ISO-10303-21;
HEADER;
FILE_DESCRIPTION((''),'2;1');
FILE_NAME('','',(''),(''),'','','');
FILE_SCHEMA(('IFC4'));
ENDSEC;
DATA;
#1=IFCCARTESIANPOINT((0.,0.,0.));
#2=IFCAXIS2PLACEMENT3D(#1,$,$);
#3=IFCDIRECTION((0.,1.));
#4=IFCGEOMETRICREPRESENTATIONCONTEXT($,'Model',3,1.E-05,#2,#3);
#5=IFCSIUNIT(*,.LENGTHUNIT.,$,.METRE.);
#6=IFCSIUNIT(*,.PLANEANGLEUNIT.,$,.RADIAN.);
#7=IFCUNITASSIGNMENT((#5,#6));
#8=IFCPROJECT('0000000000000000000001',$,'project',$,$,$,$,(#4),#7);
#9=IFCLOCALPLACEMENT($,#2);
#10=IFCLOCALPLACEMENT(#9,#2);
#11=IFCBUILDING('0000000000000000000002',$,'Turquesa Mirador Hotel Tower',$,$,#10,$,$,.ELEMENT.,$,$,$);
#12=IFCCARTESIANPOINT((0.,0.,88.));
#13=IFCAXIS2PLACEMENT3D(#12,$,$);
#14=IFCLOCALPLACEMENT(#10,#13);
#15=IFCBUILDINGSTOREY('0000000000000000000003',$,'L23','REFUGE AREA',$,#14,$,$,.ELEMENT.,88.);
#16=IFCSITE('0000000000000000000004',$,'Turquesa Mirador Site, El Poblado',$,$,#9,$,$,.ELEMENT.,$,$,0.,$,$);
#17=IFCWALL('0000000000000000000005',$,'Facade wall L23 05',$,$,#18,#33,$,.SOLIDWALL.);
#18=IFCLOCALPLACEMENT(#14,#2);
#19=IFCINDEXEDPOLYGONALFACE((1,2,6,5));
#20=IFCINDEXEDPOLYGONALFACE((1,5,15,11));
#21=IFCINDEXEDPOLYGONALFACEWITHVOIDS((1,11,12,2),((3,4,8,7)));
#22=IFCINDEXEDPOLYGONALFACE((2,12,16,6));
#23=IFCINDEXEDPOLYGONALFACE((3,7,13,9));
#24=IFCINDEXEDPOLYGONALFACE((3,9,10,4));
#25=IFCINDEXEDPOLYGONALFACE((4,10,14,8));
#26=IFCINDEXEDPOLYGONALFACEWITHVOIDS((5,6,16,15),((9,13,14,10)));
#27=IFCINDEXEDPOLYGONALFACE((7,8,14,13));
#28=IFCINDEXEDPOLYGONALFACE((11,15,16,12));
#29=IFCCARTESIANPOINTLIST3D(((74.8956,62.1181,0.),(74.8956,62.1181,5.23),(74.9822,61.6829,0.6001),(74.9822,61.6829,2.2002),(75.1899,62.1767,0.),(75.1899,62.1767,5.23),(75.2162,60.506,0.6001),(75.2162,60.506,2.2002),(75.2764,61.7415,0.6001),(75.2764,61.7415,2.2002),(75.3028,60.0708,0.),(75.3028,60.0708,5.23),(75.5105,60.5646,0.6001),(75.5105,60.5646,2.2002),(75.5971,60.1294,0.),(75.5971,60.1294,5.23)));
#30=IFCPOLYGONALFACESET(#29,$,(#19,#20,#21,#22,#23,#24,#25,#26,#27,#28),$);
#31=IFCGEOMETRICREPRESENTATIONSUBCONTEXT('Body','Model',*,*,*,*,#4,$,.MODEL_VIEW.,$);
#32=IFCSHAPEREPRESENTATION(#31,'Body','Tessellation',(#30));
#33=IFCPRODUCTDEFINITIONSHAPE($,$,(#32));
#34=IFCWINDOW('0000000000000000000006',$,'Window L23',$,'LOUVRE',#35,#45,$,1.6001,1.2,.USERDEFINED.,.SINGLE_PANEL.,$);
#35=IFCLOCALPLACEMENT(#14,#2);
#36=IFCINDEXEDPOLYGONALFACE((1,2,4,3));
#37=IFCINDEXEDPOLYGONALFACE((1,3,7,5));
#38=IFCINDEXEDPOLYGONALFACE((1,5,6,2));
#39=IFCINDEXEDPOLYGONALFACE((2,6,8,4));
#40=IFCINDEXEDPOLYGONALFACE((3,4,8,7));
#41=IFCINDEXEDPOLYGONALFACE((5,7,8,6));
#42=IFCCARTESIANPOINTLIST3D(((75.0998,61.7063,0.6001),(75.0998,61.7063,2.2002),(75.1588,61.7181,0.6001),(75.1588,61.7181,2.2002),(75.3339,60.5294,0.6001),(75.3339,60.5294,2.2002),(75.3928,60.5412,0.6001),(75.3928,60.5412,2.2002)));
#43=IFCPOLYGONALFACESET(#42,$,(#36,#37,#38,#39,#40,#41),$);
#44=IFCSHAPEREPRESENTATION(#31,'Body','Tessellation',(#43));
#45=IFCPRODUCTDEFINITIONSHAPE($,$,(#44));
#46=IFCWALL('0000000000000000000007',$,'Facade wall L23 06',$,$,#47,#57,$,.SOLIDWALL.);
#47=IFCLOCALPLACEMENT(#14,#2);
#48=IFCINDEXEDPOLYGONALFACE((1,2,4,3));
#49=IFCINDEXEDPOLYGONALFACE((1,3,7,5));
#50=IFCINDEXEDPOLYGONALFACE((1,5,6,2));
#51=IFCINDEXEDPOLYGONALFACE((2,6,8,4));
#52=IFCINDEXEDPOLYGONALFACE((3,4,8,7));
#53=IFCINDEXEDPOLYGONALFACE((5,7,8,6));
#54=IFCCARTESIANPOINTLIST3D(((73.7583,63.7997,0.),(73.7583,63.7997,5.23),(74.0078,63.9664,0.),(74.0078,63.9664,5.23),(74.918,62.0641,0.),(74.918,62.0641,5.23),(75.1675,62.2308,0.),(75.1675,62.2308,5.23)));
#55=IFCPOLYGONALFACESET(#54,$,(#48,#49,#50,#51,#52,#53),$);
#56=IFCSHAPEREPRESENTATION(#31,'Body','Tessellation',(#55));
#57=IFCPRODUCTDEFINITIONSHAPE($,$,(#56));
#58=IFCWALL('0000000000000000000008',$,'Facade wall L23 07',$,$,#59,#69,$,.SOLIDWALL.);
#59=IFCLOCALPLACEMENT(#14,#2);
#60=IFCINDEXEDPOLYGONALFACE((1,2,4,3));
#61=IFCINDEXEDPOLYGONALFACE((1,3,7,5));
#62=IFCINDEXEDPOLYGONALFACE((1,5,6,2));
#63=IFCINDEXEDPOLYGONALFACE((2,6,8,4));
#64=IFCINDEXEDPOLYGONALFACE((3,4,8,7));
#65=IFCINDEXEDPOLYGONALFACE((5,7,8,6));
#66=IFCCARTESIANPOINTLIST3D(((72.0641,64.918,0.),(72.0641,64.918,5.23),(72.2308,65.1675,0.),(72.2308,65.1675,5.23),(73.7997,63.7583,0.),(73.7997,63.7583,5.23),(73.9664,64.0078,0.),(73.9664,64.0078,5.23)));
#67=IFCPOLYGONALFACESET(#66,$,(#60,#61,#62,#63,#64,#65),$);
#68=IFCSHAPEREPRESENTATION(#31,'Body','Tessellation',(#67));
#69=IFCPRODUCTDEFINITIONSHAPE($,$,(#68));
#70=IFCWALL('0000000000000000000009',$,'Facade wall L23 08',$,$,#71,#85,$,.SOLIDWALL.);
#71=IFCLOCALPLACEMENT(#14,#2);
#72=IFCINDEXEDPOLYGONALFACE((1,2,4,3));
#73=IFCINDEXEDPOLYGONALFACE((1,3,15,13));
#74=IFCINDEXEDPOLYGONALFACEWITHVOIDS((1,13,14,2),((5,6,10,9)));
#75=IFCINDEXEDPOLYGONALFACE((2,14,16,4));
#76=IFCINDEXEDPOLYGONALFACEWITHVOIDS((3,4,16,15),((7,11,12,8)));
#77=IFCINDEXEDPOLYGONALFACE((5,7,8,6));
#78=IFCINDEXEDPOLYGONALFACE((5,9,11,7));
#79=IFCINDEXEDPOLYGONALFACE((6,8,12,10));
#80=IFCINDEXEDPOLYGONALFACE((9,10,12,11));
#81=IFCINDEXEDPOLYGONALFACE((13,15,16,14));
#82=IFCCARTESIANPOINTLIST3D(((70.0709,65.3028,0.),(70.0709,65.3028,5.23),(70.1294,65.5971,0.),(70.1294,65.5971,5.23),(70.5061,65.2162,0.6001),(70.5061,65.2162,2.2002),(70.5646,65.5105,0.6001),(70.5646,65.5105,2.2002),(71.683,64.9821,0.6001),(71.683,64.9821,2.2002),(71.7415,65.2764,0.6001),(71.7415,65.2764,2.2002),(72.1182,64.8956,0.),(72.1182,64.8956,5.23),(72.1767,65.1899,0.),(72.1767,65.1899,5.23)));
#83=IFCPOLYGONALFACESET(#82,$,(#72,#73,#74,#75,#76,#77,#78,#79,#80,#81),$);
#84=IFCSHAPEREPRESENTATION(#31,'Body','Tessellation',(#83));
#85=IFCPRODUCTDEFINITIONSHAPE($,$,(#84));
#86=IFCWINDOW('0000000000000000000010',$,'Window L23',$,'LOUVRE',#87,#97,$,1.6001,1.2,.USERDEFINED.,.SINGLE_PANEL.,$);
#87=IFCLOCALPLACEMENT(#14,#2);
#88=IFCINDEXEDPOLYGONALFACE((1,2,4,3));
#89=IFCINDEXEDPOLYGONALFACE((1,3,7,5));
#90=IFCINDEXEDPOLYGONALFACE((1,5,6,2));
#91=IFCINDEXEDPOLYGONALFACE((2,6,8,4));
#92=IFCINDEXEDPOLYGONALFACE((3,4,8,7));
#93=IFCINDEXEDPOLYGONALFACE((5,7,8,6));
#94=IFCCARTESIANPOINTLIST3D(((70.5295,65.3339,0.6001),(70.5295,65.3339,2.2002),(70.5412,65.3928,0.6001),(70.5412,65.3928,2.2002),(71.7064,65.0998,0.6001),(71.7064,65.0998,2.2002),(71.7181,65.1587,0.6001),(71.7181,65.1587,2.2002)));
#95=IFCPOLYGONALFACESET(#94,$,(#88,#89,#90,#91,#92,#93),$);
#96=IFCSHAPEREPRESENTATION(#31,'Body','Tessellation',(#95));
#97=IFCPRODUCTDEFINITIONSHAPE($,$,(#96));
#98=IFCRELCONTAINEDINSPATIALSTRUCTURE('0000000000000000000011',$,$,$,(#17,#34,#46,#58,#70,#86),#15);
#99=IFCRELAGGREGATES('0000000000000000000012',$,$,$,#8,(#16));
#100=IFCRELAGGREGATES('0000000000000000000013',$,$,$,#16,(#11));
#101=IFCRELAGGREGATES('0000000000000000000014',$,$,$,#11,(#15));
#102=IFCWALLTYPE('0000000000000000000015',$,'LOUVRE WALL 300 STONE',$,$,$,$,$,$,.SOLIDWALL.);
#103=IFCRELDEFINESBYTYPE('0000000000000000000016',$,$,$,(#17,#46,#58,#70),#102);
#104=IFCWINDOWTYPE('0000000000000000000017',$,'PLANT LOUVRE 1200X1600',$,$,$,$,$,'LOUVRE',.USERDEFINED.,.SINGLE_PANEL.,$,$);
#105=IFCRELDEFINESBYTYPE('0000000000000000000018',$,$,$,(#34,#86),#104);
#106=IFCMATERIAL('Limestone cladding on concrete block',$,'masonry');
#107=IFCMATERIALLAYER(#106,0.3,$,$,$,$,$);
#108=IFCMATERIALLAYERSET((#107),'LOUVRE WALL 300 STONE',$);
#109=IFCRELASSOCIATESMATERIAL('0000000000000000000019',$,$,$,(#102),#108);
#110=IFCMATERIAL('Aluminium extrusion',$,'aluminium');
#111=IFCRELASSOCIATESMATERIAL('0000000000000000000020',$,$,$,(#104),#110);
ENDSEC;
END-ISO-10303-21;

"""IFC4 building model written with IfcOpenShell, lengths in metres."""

from ifc_helpers import new_model, si_unit, direction, frame, frame_2d, origin, place, context, subcontext, project, spatial, rectangle, extrude, material, layer, layer_set, type_object, element, fill, save


model = new_model("IFC4")

# Units and contexts
model_context = context("Model", 3, precision=1e-05, world=origin(), true_north=direction((0.0, 1.0)))
body_context = subcontext(model_context, "Body", "Model", "MODEL_VIEW")
ifc_project = project(units=[si_unit("LENGTHUNIT", "METRE"), si_unit("PLANEANGLEUNIT", "RADIAN")], contexts=[model_context])

# Site, building, storey
site_placement = place(None, origin())
site = spatial("IfcSite", under=ifc_project, at=site_placement, Name="Turquesa Mirador Site, El Poblado", CompositionType="ELEMENT", RefElevation=0.0)
building_placement = place(site_placement, origin())
building = spatial("IfcBuilding", under=site, at=building_placement, Name="Turquesa Mirador Hotel Tower", CompositionType="ELEMENT")
storey_placement = place(building_placement, frame((0.0, 0.0, 88.0)))
storey = spatial("IfcBuildingStorey", under=building, at=storey_placement, Name="L23", Description="REFUGE AREA", CompositionType="ELEMENT", Elevation=88.0)

# Wall, opening, window
ifc_material_1 = material(Name="Limestone cladding on concrete block", Category="masonry")
ifc_layer_1 = layer(ifc_material_1, 0.3)
ifc_layer_set_1 = layer_set([ifc_layer_1], Name="LOUVRE WALL 300 STONE")
wall_type_1 = type_object("IfcWallType", Name="LOUVRE WALL 300 STONE", PredefinedType="SOLIDWALL", material=ifc_layer_set_1)
wall_1_placement = place(storey_placement, frame((75.45, 60.1001, 0.0), z_axis=(0.0, 0.0, 1.0), x_axis=(-0.195081, 0.980787, 0.0)))
wall_1 = element("IfcWall", 1, at=wall_1_placement, inside=storey, type_object=wall_type_1, Name="Facade wall L23 05", PredefinedType="SOLIDWALL", context=body_context, shape_type="SweptSolid", body=[
    extrude(rectangle(XDim=2.0874, YDim=0.3, at=frame_2d((1.0437, 0.0))), origin(), (0.0, 0.0, 1.0), 5.23),
])
opening_1_placement = place(wall_1_placement, frame((0.4436, 0.0, 0.6001)))
opening_1 = element("IfcOpeningElement", 2, at=opening_1_placement, cuts=wall_1, PredefinedType="OPENING", context=body_context, shape_type="SweptSolid", body=[
    extrude(rectangle(XDim=1.2, YDim=1.6001, at=frame_2d((0.6001, 0.8))), frame((0.0, 0.1599, 0.0), z_axis=(0.0, -1.0, 0.0), x_axis=(1.0, 0.0, 0.0)), (0.0, 0.0, 1.0), 0.3201),
])
ifc_material_2 = material(Name="Aluminium extrusion", Category="aluminium")
window_type_1 = type_object("IfcWindowType", Name="PLANT LOUVRE 1200X1600", ElementType="LOUVRE", PartitioningType="SINGLE_PANEL", PredefinedType="USERDEFINED", material=ifc_material_2)
window_1_placement = place(opening_1_placement, origin())
window_1 = element("IfcWindow", 3, at=window_1_placement, inside=storey, type_object=window_type_1, Name="Window L23", ObjectType="LOUVRE", OverallHeight=1.6001, OverallWidth=1.2, PartitioningType="SINGLE_PANEL", PredefinedType="USERDEFINED", context=body_context, shape_type="SweptSolid", body=[
    extrude(rectangle(XDim=1.2, YDim=1.6001, at=frame_2d((0.6001, 0.8))), frame((0.0, 0.03, 0.0), z_axis=(0.0, -1.0, 0.0), x_axis=(1.0, 0.0, 0.0)), (0.0, 0.0, 1.0), 0.0601),
])
fill(opening_1, window_1)

# Walls
for number, where, z_axis, x_axis, name in (
    (4, (75.0427, 62.1475, 0.0), (0.0, 0.0, 1.0), (-0.555564, 0.831474, 0.0), "Facade wall L23 06"),
    (5, (73.8831, 63.8831, 0.0), (0.0, 0.0, 1.0), (-0.831474, 0.555564, 0.0), "Facade wall L23 07"),
):
    element("IfcWall", number, at=place(storey_placement, frame(where, z_axis=z_axis, x_axis=x_axis)), inside=storey, type_object=wall_type_1, Name=name, PredefinedType="SOLIDWALL", context=body_context, shape_type="SweptSolid", body=[
        extrude(rectangle(XDim=2.0874, YDim=0.3, at=frame_2d((1.0437, 0.0))), origin(), (0.0, 0.0, 1.0), 5.23),
    ])

# Wall, opening, window
wall_2_placement = place(storey_placement, frame((72.1475, 65.0427, 0.0), z_axis=(0.0, 0.0, 1.0), x_axis=(-0.980787, 0.195081, 0.0)))
wall_2 = element("IfcWall", 6, at=wall_2_placement, inside=storey, type_object=wall_type_1, Name="Facade wall L23 08", PredefinedType="SOLIDWALL", context=body_context, shape_type="SweptSolid", body=[
    extrude(rectangle(XDim=2.0874, YDim=0.3, at=frame_2d((1.0437, 0.0))), origin(), (0.0, 0.0, 1.0), 5.23),
])
opening_2_placement = place(wall_2_placement, frame((0.4436, 0.0, 0.6001)))
opening_2 = element("IfcOpeningElement", 7, at=opening_2_placement, cuts=wall_2, PredefinedType="OPENING", context=body_context, shape_type="SweptSolid", body=[
    extrude(rectangle(XDim=1.2, YDim=1.6001, at=frame_2d((0.6001, 0.8))), frame((0.0, 0.1599, 0.0), z_axis=(0.0, -1.0, 0.0), x_axis=(1.0, 0.0, 0.0)), (0.0, 0.0, 1.0), 0.3201),
])
window_2_placement = place(opening_2_placement, origin())
window_2 = element("IfcWindow", 8, at=window_2_placement, inside=storey, type_object=window_type_1, Name="Window L23", ObjectType="LOUVRE", OverallHeight=1.6001, OverallWidth=1.2, PartitioningType="SINGLE_PANEL", PredefinedType="USERDEFINED", context=body_context, shape_type="SweptSolid", body=[
    extrude(rectangle(XDim=1.2, YDim=1.6001, at=frame_2d((0.6001, 0.8))), frame((0.0, 0.03, 0.0), z_axis=(0.0, -1.0, 0.0), x_axis=(1.0, 0.0, 0.0)), (0.0, 0.0, 1.0), 0.0601),
])
fill(opening_2, window_2)

save(model, "model.ifc")
